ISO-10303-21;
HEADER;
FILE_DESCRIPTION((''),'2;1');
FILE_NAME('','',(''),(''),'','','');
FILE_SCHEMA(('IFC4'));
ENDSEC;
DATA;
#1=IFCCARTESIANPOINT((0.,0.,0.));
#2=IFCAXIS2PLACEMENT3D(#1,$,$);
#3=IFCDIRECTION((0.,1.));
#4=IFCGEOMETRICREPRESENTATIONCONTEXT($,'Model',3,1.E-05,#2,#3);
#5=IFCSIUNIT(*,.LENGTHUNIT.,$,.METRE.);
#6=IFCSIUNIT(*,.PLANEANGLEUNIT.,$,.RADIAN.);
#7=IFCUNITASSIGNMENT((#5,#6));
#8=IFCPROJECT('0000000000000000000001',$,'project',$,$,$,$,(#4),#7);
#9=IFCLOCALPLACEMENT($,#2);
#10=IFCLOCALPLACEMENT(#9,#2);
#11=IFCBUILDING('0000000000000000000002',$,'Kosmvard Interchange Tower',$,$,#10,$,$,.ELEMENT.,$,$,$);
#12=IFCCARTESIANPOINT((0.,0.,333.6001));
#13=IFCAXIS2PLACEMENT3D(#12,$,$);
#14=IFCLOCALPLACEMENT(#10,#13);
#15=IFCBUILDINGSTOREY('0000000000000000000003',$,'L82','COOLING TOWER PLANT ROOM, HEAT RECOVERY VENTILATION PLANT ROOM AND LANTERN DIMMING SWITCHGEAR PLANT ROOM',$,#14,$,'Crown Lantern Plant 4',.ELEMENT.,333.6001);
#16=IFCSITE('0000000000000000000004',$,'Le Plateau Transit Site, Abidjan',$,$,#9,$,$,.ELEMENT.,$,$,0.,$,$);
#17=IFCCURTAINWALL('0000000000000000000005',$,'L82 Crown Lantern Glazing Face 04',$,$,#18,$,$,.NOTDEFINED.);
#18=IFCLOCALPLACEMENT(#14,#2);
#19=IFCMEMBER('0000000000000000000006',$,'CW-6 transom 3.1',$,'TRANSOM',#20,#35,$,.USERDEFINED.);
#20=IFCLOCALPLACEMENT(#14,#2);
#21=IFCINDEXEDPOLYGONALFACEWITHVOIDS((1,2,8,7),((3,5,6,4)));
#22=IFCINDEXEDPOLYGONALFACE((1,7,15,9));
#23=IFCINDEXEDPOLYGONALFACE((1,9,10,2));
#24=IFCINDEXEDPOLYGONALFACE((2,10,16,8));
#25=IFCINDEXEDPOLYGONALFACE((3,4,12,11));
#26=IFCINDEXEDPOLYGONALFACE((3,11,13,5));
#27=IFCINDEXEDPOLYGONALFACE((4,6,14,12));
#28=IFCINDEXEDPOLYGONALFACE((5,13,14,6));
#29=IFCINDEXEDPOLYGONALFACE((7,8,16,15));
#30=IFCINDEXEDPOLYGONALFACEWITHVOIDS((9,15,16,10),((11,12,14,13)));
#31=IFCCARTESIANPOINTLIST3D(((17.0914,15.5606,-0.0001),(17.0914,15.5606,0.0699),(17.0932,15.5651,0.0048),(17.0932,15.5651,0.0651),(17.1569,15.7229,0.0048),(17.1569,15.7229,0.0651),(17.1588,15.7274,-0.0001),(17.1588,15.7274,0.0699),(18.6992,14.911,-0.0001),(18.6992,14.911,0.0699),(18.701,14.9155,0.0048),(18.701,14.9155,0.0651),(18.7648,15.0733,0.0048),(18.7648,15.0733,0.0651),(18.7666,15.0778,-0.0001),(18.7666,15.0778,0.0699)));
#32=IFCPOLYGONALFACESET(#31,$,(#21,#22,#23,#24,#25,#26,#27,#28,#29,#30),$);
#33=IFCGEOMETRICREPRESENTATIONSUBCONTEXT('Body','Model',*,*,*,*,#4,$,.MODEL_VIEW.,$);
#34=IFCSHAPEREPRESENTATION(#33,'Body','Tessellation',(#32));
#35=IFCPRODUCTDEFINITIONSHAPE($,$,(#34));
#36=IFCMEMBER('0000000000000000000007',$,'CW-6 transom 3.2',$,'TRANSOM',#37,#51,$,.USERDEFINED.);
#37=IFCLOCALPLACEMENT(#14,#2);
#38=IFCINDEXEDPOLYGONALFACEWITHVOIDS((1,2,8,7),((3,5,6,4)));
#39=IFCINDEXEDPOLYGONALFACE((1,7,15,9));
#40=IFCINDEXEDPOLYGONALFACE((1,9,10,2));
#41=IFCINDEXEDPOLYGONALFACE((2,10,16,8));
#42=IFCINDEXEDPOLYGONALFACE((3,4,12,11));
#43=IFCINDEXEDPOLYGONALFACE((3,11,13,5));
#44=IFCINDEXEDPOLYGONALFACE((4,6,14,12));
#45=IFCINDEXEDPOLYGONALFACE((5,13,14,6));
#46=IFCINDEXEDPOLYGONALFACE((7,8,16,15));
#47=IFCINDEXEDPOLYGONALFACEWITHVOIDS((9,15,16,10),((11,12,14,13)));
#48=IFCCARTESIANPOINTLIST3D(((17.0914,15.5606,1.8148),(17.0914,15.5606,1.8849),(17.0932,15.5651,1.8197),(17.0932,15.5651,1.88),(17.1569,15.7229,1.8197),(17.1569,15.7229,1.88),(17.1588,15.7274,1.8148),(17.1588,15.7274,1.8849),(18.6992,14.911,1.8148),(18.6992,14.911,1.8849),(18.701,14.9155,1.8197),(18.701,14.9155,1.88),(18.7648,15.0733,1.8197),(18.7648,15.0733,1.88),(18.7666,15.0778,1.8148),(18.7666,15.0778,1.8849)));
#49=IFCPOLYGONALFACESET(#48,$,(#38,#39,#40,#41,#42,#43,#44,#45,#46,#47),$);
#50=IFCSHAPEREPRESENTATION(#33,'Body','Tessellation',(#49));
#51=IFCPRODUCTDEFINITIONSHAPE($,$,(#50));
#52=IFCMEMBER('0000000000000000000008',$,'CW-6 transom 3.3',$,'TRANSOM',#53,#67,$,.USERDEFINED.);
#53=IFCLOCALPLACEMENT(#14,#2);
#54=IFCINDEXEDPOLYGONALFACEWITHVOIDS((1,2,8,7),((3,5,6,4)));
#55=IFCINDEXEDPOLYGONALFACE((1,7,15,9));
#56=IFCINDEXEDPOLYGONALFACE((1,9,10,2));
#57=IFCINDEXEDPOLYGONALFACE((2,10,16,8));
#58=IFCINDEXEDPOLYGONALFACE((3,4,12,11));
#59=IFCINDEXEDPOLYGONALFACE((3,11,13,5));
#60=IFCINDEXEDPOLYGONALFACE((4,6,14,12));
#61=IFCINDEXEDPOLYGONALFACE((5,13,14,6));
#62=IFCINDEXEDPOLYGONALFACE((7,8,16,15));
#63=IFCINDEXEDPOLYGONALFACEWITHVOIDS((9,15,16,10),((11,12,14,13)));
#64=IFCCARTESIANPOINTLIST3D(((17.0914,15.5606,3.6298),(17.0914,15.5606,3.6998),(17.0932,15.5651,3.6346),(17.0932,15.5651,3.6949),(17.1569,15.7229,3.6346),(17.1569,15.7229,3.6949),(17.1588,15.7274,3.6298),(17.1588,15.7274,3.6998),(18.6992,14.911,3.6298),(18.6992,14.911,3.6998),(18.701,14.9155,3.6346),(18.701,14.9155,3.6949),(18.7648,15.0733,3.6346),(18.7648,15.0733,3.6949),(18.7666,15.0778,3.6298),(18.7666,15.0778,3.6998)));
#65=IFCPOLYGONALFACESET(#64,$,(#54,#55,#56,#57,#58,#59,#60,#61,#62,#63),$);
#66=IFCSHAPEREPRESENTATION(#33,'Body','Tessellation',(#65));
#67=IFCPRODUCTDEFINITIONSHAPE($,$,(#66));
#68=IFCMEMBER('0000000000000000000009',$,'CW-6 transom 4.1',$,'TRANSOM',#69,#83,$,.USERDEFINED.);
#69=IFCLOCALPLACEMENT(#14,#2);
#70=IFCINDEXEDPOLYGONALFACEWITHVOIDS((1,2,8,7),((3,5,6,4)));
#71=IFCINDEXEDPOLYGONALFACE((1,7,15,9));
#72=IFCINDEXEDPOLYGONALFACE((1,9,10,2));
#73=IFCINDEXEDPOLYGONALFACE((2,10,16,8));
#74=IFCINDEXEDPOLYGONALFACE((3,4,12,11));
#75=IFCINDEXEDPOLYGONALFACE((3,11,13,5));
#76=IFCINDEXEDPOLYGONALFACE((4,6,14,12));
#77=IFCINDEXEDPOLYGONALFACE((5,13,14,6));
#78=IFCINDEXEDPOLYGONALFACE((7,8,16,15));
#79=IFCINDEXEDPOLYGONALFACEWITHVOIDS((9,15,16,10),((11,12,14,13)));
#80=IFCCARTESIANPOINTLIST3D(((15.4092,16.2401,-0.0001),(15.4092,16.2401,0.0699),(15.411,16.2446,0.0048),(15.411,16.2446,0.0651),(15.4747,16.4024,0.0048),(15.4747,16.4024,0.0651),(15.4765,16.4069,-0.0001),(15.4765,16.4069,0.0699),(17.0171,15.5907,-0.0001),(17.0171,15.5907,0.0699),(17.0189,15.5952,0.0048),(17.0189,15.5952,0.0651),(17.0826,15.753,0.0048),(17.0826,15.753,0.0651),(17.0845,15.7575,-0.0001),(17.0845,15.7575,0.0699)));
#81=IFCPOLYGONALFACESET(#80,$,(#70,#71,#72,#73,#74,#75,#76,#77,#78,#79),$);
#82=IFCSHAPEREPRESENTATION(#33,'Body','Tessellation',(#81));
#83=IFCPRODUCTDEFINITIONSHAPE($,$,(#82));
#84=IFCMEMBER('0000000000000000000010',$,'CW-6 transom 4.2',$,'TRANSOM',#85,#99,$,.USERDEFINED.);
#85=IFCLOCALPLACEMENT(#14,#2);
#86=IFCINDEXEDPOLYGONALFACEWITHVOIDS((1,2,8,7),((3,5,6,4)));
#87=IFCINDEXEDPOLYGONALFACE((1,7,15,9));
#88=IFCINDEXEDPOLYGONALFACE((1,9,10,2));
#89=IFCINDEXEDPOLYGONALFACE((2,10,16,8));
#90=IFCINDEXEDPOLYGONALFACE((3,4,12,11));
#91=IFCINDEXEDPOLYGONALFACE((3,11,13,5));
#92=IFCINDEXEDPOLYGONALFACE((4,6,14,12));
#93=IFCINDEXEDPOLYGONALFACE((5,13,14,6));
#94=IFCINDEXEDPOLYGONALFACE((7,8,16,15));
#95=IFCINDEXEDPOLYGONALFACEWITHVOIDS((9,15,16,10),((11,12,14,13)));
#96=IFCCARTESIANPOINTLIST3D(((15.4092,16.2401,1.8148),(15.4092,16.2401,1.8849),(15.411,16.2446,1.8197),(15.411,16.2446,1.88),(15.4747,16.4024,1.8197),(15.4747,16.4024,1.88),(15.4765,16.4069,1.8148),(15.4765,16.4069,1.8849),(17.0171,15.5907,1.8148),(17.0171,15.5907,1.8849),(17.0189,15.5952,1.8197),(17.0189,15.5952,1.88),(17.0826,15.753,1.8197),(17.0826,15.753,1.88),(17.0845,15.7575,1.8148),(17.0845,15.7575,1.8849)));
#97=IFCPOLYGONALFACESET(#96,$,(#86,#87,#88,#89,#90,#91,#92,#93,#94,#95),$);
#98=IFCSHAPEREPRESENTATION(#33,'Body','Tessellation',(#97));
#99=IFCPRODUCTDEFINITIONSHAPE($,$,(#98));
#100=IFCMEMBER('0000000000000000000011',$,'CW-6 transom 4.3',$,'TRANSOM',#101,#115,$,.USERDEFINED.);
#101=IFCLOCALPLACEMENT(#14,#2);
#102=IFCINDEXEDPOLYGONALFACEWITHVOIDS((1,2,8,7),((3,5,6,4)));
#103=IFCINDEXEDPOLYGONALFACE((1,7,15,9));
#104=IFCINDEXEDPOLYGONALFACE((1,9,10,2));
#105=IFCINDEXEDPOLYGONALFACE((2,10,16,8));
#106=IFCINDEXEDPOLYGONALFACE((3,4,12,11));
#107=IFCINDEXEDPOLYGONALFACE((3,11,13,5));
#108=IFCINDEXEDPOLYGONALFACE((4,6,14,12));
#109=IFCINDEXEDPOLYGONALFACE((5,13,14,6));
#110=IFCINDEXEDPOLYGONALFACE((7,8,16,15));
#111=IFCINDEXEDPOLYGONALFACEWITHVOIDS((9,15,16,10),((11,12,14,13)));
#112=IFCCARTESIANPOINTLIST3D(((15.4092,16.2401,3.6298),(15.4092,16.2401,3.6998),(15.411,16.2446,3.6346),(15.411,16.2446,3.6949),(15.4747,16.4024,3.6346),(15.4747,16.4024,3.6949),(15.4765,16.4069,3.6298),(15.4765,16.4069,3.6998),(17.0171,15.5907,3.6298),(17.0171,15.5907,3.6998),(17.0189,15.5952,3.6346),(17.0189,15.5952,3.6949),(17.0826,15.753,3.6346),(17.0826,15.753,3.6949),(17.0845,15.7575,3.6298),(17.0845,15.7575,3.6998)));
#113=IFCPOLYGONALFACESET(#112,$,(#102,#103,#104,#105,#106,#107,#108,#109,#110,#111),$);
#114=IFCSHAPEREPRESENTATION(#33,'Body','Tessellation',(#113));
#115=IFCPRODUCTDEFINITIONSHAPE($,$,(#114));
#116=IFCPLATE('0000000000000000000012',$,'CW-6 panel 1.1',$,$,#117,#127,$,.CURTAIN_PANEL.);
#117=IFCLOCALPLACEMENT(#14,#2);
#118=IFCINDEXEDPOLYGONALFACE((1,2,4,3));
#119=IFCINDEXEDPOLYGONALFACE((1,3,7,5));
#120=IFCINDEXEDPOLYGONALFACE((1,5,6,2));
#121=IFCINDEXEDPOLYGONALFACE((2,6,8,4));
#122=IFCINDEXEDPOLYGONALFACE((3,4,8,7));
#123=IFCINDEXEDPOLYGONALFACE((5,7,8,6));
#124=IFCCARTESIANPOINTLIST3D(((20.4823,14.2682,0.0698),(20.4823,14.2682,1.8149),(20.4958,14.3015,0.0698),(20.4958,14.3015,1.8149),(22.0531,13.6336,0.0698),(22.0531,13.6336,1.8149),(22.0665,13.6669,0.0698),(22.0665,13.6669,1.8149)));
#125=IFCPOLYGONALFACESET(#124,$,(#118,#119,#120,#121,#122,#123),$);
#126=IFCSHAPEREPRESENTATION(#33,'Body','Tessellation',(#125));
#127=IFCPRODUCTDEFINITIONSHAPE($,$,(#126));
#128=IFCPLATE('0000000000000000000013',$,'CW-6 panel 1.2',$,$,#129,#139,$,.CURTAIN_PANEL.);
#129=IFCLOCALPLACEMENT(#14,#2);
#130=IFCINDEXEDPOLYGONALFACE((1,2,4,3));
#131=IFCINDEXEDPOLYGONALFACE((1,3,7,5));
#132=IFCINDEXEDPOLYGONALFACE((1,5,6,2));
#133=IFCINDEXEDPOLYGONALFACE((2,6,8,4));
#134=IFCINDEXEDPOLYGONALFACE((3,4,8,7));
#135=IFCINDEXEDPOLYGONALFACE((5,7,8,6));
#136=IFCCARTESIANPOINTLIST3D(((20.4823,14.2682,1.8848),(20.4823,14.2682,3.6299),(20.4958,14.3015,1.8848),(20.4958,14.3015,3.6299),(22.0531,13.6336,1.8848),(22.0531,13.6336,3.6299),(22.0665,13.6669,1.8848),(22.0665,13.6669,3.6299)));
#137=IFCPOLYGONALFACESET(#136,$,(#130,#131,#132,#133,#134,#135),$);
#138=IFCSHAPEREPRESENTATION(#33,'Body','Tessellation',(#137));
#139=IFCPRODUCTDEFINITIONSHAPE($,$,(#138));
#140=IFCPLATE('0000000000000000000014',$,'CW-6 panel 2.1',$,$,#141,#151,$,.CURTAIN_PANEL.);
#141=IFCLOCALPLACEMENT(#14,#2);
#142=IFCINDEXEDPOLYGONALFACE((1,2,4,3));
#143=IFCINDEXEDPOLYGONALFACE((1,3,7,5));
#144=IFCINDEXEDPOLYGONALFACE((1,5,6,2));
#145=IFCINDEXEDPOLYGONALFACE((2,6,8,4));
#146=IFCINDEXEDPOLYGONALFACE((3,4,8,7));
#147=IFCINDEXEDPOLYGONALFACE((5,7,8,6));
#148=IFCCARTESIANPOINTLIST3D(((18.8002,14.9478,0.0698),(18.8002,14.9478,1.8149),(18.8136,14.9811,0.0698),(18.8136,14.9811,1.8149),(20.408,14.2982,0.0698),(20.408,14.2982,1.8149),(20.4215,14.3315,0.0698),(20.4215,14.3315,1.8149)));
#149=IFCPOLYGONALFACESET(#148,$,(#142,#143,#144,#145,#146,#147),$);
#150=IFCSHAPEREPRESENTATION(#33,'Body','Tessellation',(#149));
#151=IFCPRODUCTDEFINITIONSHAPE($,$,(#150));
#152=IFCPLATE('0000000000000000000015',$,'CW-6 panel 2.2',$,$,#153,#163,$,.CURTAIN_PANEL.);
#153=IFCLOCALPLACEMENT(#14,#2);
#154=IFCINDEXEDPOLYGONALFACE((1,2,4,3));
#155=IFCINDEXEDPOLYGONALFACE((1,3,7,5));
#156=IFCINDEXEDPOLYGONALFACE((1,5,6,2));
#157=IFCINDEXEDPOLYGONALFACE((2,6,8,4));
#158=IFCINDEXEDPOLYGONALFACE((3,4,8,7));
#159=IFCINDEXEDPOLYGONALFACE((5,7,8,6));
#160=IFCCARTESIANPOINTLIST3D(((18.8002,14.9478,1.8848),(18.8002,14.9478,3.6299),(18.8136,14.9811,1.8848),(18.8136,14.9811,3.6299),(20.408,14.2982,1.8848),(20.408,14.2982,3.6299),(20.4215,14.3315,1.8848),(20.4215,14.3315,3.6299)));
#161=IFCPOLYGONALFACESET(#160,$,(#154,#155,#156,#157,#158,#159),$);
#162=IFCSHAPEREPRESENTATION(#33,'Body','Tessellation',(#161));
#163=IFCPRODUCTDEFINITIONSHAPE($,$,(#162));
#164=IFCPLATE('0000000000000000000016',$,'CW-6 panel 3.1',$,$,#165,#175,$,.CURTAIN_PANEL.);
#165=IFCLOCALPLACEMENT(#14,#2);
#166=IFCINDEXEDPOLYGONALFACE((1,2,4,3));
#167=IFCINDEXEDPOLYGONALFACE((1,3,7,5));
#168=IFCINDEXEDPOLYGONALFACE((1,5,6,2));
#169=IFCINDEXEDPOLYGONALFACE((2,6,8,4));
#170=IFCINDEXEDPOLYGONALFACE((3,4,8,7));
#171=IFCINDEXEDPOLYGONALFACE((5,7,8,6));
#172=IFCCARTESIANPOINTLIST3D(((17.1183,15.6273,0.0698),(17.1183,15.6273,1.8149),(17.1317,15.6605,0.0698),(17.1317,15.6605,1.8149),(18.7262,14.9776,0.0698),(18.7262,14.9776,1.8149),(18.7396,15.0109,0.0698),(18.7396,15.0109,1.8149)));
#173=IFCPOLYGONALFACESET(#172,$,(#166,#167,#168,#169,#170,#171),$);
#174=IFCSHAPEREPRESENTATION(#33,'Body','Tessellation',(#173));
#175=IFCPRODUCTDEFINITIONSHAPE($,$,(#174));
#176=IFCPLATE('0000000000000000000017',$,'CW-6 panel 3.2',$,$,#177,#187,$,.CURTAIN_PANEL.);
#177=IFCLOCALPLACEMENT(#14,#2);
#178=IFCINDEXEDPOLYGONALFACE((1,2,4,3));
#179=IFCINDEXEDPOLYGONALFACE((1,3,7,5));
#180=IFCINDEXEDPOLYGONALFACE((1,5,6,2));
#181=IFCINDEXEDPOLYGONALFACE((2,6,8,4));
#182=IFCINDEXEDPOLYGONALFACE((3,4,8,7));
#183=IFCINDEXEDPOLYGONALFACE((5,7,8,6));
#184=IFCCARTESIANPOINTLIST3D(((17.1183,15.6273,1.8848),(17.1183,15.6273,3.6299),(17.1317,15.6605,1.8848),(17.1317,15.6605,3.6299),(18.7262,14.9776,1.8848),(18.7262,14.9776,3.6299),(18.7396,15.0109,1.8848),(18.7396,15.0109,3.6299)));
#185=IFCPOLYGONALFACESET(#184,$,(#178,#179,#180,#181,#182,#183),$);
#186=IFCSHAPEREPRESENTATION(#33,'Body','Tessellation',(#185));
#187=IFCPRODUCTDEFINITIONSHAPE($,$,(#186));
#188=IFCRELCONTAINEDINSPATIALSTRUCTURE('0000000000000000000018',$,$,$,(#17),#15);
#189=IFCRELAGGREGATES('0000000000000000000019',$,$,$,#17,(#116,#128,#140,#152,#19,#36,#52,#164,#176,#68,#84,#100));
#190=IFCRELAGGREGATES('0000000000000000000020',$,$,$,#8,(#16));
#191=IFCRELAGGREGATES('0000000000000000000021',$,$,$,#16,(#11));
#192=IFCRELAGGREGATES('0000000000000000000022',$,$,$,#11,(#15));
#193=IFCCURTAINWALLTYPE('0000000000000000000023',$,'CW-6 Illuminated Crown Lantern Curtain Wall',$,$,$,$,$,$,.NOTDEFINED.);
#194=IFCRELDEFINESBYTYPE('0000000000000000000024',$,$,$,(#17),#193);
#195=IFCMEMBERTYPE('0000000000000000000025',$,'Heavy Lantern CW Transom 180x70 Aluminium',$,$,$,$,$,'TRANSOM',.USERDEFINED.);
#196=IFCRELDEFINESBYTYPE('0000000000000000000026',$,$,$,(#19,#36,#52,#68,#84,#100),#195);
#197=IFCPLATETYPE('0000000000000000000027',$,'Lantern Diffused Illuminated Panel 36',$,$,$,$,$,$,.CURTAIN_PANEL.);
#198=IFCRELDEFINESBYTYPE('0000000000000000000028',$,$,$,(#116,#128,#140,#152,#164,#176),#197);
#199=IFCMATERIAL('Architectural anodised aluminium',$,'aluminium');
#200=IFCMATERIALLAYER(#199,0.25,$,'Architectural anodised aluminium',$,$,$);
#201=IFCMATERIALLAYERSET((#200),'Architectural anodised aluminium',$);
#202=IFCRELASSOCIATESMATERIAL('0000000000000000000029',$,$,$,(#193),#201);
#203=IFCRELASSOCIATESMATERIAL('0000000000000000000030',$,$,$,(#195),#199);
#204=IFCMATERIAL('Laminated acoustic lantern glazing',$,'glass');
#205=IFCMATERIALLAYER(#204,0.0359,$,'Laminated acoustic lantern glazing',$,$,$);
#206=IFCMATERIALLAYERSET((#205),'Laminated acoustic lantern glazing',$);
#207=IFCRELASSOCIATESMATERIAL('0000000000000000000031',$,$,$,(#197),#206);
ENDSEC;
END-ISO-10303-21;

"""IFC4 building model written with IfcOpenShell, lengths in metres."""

from ifc_helpers import new_model, si_unit, direction, frame, origin, origin_2d, place, context, subcontext, project, spatial, rectangle, hollow_rectangle, extrude, source, transform, mapped, material, layer, layer_set, material_profile, profile_set, type_object, element, aggregate, save


model = new_model("IFC4")

# Units and contexts
model_context = context("Model", 3, precision=1e-05, world=origin(), true_north=direction((0.0, 1.0)))
body_context = subcontext(model_context, "Body", "Model", "MODEL_VIEW")
ifc_project = project(units=[si_unit("LENGTHUNIT", "METRE"), si_unit("PLANEANGLEUNIT", "RADIAN")], contexts=[model_context])

# Site, building, storey
site_placement = place(None, origin())
site = spatial("IfcSite", under=ifc_project, at=site_placement, Name="Le Plateau Transit Site, Abidjan", CompositionType="ELEMENT", RefElevation=0.0)
building_placement = place(site_placement, origin())
building = spatial("IfcBuilding", under=site, at=building_placement, Name="Kosmvard Interchange Tower", CompositionType="ELEMENT")
storey_placement = place(building_placement, frame((0.0, 0.0, 333.6001)))
storey = spatial("IfcBuildingStorey", under=building, at=storey_placement, Name="L82", Description="COOLING TOWER PLANT ROOM, HEAT RECOVERY VENTILATION PLANT ROOM AND LANTERN DIMMING SWITCHGEAR PLANT ROOM", LongName="Crown Lantern Plant 4", CompositionType="ELEMENT", Elevation=333.6001)

# Shared definitions
ifc_material_1 = material(Name="Architectural anodised aluminium", Category="aluminium")
ifc_layer_1 = layer(ifc_material_1, 0.25, Name="Architectural anodised aluminium")
ifc_layer_set_1 = layer_set([ifc_layer_1], Name="Architectural anodised aluminium")
curtain_wall_type = type_object("IfcCurtainWallType", Name="CW-6 Illuminated Crown Lantern Curtain Wall", PredefinedType="NOTDEFINED", material=ifc_layer_set_1)

# Curtain wall, members, plates
curtain_wall_1_placement = place(storey_placement, origin())
curtain_wall_1 = element("IfcCurtainWall", 1, at=curtain_wall_1_placement, inside=storey, type_object=curtain_wall_type, Name="L82 Crown Lantern Glazing Face 04", PredefinedType="NOTDEFINED")
ifc_material_profile_1 = material_profile(ifc_material_1, hollow_rectangle(XDim=0.1799, YDim=0.0701, WallThickness=0.0049, at=origin_2d()), Name="CWT 180x70x5")
ifc_profile_set_1 = profile_set([ifc_material_profile_1], Name="Architectural anodised aluminium")
member_type_1 = type_object("IfcMemberType", Name="Heavy Lantern CW Transom 180x70 Aluminium", ElementType="TRANSOM", PredefinedType="USERDEFINED", material=ifc_profile_set_1)
shared_shape_1 = source(origin(), body_context, "Body", "SweptSolid", [
    extrude(hollow_rectangle(XDim=0.1799, YDim=0.0701, WallThickness=0.0049, at=origin_2d()), origin(), (0.0, 0.0, 1.0), 1.7341),
])
member_1_placement = place(storey_placement, frame((18.7329, 14.9944, 0.0349), z_axis=(-0.92718, 0.374617, 0.0), x_axis=(-0.374617, -0.92718, 0.0)))
member_1 = element("IfcMember", 2, at=member_1_placement, type_object=member_type_1, Name="CW-6 transom 3.1", ObjectType="TRANSOM", PredefinedType="USERDEFINED", context=body_context, shape_type="MappedRepresentation", body=[
    mapped(shared_shape_1, transform((0.0, 0.0, 0.0), scale=1.0)),
])
member_2_placement = place(storey_placement, frame((18.7329, 14.9944, 1.8499), z_axis=(-0.92718, 0.374617, 0.0), x_axis=(-0.374617, -0.92718, 0.0)))
member_2 = element("IfcMember", 3, at=member_2_placement, type_object=member_type_1, Name="CW-6 transom 3.2", ObjectType="TRANSOM", PredefinedType="USERDEFINED", context=body_context, shape_type="MappedRepresentation", body=[
    mapped(shared_shape_1, transform((0.0, 0.0, 0.0), scale=1.0)),
])
member_3_placement = place(storey_placement, frame((18.7329, 14.9944, 3.6648), z_axis=(-0.92718, 0.374617, 0.0), x_axis=(-0.374617, -0.92718, 0.0)))
member_3 = element("IfcMember", 4, at=member_3_placement, type_object=member_type_1, Name="CW-6 transom 3.3", ObjectType="TRANSOM", PredefinedType="USERDEFINED", context=body_context, shape_type="MappedRepresentation", body=[
    mapped(shared_shape_1, transform((0.0, 0.0, 0.0), scale=1.0)),
])
member_4_placement = place(storey_placement, frame((17.0508, 15.6741, 0.0349), z_axis=(-0.927229, 0.374496, 0.0), x_axis=(-0.374496, -0.927229, 0.0)))
member_4 = element("IfcMember", 5, at=member_4_placement, type_object=member_type_1, Name="CW-6 transom 4.1", ObjectType="TRANSOM", PredefinedType="USERDEFINED", context=body_context, shape_type="MappedRepresentation", body=[
    mapped(shared_shape_1, transform((0.0, 0.0, 0.0), scale=1.0)),
])
member_5_placement = place(storey_placement, frame((17.0508, 15.6741, 1.8499), z_axis=(-0.927229, 0.374496, 0.0), x_axis=(-0.374496, -0.927229, 0.0)))
member_5 = element("IfcMember", 6, at=member_5_placement, type_object=member_type_1, Name="CW-6 transom 4.2", ObjectType="TRANSOM", PredefinedType="USERDEFINED", context=body_context, shape_type="MappedRepresentation", body=[
    mapped(shared_shape_1, transform((0.0, 0.0, 0.0), scale=1.0)),
])
member_6_placement = place(storey_placement, frame((17.0508, 15.6741, 3.6648), z_axis=(-0.927229, 0.374496, 0.0), x_axis=(-0.374496, -0.927229, 0.0)))
member_6 = element("IfcMember", 7, at=member_6_placement, type_object=member_type_1, Name="CW-6 transom 4.3", ObjectType="TRANSOM", PredefinedType="USERDEFINED", context=body_context, shape_type="MappedRepresentation", body=[
    mapped(shared_shape_1, transform((0.0, 0.0, 0.0), scale=1.0)),
])
ifc_material_2 = material(Name="Laminated acoustic lantern glazing", Category="glass")
ifc_layer_2 = layer(ifc_material_2, 0.0359, Name="Laminated acoustic lantern glazing")
ifc_layer_set_2 = layer_set([ifc_layer_2], Name="Laminated acoustic lantern glazing")
plate_type = type_object("IfcPlateType", Name="Lantern Diffused Illuminated Panel 36", PredefinedType="CURTAIN_PANEL", material=ifc_layer_set_2)
shared_shape_2 = source(origin(), body_context, "Body", "SweptSolid", [
    extrude(rectangle(XDim=1.6941, YDim=0.0359, at=origin_2d()), origin(), (0.0, 0.0, 1.0), 1.7451),
])
plate_1_placement = place(storey_placement, frame((21.2744, 13.9675, 0.0698), z_axis=(0.0, 0.0, 1.0), x_axis=(-0.927184, 0.374607, 0.0)))
plate_1 = element("IfcPlate", 8, at=plate_1_placement, type_object=plate_type, Name="CW-6 panel 1.1", PredefinedType="CURTAIN_PANEL", context=body_context, shape_type="MappedRepresentation", body=[
    mapped(shared_shape_2, transform((0.0, 0.0, 0.0), scale=1.0)),
])
plate_2_placement = place(storey_placement, frame((21.2744, 13.9675, 1.8848), z_axis=(0.0, 0.0, 1.0), x_axis=(-0.927184, 0.374607, 0.0)))
plate_2 = element("IfcPlate", 9, at=plate_2_placement, type_object=plate_type, Name="CW-6 panel 1.2", PredefinedType="CURTAIN_PANEL", context=body_context, shape_type="MappedRepresentation", body=[
    mapped(shared_shape_2, transform((0.0, 0.0, 0.0), scale=1.0)),
])
shared_shape_3 = source(origin(), body_context, "Body", "SweptSolid", [
    extrude(rectangle(XDim=1.7341, YDim=0.0359, at=origin_2d()), origin(), (0.0, 0.0, 1.0), 1.7451),
])
plate_3_placement = place(storey_placement, frame((19.6108, 14.6396, 0.0698), z_axis=(0.0, 0.0, 1.0), x_axis=(-0.927184, 0.374607, 0.0)))
plate_3 = element("IfcPlate", 10, at=plate_3_placement, type_object=plate_type, Name="CW-6 panel 2.1", PredefinedType="CURTAIN_PANEL", context=body_context, shape_type="MappedRepresentation", body=[
    mapped(shared_shape_3, transform((0.0, 0.0, 0.0), scale=1.0)),
])
plate_4_placement = place(storey_placement, frame((19.6108, 14.6396, 1.8848), z_axis=(0.0, 0.0, 1.0), x_axis=(-0.927184, 0.374607, 0.0)))
plate_4 = element("IfcPlate", 11, at=plate_4_placement, type_object=plate_type, Name="CW-6 panel 2.2", PredefinedType="CURTAIN_PANEL", context=body_context, shape_type="MappedRepresentation", body=[
    mapped(shared_shape_3, transform((0.0, 0.0, 0.0), scale=1.0)),
])
plate_5_placement = place(storey_placement, frame((17.929, 15.3191, 0.0698), z_axis=(0.0, 0.0, 1.0), x_axis=(-0.927184, 0.374607, 0.0)))
plate_5 = element("IfcPlate", 12, at=plate_5_placement, type_object=plate_type, Name="CW-6 panel 3.1", PredefinedType="CURTAIN_PANEL", context=body_context, shape_type="MappedRepresentation", body=[
    mapped(shared_shape_3, transform((0.0, 0.0, 0.0), scale=1.0)),
])
plate_6_placement = place(storey_placement, frame((17.929, 15.3191, 1.8848), z_axis=(0.0, 0.0, 1.0), x_axis=(-0.927184, 0.374607, 0.0)))
plate_6 = element("IfcPlate", 13, at=plate_6_placement, type_object=plate_type, Name="CW-6 panel 3.2", PredefinedType="CURTAIN_PANEL", context=body_context, shape_type="MappedRepresentation", body=[
    mapped(shared_shape_3, transform((0.0, 0.0, 0.0), scale=1.0)),
])
aggregate(curtain_wall_1, [plate_1, plate_2, plate_3, plate_4, member_1, member_2, member_3, plate_5, plate_6, member_4, member_5, member_6])

save(model, "model.ifc")
